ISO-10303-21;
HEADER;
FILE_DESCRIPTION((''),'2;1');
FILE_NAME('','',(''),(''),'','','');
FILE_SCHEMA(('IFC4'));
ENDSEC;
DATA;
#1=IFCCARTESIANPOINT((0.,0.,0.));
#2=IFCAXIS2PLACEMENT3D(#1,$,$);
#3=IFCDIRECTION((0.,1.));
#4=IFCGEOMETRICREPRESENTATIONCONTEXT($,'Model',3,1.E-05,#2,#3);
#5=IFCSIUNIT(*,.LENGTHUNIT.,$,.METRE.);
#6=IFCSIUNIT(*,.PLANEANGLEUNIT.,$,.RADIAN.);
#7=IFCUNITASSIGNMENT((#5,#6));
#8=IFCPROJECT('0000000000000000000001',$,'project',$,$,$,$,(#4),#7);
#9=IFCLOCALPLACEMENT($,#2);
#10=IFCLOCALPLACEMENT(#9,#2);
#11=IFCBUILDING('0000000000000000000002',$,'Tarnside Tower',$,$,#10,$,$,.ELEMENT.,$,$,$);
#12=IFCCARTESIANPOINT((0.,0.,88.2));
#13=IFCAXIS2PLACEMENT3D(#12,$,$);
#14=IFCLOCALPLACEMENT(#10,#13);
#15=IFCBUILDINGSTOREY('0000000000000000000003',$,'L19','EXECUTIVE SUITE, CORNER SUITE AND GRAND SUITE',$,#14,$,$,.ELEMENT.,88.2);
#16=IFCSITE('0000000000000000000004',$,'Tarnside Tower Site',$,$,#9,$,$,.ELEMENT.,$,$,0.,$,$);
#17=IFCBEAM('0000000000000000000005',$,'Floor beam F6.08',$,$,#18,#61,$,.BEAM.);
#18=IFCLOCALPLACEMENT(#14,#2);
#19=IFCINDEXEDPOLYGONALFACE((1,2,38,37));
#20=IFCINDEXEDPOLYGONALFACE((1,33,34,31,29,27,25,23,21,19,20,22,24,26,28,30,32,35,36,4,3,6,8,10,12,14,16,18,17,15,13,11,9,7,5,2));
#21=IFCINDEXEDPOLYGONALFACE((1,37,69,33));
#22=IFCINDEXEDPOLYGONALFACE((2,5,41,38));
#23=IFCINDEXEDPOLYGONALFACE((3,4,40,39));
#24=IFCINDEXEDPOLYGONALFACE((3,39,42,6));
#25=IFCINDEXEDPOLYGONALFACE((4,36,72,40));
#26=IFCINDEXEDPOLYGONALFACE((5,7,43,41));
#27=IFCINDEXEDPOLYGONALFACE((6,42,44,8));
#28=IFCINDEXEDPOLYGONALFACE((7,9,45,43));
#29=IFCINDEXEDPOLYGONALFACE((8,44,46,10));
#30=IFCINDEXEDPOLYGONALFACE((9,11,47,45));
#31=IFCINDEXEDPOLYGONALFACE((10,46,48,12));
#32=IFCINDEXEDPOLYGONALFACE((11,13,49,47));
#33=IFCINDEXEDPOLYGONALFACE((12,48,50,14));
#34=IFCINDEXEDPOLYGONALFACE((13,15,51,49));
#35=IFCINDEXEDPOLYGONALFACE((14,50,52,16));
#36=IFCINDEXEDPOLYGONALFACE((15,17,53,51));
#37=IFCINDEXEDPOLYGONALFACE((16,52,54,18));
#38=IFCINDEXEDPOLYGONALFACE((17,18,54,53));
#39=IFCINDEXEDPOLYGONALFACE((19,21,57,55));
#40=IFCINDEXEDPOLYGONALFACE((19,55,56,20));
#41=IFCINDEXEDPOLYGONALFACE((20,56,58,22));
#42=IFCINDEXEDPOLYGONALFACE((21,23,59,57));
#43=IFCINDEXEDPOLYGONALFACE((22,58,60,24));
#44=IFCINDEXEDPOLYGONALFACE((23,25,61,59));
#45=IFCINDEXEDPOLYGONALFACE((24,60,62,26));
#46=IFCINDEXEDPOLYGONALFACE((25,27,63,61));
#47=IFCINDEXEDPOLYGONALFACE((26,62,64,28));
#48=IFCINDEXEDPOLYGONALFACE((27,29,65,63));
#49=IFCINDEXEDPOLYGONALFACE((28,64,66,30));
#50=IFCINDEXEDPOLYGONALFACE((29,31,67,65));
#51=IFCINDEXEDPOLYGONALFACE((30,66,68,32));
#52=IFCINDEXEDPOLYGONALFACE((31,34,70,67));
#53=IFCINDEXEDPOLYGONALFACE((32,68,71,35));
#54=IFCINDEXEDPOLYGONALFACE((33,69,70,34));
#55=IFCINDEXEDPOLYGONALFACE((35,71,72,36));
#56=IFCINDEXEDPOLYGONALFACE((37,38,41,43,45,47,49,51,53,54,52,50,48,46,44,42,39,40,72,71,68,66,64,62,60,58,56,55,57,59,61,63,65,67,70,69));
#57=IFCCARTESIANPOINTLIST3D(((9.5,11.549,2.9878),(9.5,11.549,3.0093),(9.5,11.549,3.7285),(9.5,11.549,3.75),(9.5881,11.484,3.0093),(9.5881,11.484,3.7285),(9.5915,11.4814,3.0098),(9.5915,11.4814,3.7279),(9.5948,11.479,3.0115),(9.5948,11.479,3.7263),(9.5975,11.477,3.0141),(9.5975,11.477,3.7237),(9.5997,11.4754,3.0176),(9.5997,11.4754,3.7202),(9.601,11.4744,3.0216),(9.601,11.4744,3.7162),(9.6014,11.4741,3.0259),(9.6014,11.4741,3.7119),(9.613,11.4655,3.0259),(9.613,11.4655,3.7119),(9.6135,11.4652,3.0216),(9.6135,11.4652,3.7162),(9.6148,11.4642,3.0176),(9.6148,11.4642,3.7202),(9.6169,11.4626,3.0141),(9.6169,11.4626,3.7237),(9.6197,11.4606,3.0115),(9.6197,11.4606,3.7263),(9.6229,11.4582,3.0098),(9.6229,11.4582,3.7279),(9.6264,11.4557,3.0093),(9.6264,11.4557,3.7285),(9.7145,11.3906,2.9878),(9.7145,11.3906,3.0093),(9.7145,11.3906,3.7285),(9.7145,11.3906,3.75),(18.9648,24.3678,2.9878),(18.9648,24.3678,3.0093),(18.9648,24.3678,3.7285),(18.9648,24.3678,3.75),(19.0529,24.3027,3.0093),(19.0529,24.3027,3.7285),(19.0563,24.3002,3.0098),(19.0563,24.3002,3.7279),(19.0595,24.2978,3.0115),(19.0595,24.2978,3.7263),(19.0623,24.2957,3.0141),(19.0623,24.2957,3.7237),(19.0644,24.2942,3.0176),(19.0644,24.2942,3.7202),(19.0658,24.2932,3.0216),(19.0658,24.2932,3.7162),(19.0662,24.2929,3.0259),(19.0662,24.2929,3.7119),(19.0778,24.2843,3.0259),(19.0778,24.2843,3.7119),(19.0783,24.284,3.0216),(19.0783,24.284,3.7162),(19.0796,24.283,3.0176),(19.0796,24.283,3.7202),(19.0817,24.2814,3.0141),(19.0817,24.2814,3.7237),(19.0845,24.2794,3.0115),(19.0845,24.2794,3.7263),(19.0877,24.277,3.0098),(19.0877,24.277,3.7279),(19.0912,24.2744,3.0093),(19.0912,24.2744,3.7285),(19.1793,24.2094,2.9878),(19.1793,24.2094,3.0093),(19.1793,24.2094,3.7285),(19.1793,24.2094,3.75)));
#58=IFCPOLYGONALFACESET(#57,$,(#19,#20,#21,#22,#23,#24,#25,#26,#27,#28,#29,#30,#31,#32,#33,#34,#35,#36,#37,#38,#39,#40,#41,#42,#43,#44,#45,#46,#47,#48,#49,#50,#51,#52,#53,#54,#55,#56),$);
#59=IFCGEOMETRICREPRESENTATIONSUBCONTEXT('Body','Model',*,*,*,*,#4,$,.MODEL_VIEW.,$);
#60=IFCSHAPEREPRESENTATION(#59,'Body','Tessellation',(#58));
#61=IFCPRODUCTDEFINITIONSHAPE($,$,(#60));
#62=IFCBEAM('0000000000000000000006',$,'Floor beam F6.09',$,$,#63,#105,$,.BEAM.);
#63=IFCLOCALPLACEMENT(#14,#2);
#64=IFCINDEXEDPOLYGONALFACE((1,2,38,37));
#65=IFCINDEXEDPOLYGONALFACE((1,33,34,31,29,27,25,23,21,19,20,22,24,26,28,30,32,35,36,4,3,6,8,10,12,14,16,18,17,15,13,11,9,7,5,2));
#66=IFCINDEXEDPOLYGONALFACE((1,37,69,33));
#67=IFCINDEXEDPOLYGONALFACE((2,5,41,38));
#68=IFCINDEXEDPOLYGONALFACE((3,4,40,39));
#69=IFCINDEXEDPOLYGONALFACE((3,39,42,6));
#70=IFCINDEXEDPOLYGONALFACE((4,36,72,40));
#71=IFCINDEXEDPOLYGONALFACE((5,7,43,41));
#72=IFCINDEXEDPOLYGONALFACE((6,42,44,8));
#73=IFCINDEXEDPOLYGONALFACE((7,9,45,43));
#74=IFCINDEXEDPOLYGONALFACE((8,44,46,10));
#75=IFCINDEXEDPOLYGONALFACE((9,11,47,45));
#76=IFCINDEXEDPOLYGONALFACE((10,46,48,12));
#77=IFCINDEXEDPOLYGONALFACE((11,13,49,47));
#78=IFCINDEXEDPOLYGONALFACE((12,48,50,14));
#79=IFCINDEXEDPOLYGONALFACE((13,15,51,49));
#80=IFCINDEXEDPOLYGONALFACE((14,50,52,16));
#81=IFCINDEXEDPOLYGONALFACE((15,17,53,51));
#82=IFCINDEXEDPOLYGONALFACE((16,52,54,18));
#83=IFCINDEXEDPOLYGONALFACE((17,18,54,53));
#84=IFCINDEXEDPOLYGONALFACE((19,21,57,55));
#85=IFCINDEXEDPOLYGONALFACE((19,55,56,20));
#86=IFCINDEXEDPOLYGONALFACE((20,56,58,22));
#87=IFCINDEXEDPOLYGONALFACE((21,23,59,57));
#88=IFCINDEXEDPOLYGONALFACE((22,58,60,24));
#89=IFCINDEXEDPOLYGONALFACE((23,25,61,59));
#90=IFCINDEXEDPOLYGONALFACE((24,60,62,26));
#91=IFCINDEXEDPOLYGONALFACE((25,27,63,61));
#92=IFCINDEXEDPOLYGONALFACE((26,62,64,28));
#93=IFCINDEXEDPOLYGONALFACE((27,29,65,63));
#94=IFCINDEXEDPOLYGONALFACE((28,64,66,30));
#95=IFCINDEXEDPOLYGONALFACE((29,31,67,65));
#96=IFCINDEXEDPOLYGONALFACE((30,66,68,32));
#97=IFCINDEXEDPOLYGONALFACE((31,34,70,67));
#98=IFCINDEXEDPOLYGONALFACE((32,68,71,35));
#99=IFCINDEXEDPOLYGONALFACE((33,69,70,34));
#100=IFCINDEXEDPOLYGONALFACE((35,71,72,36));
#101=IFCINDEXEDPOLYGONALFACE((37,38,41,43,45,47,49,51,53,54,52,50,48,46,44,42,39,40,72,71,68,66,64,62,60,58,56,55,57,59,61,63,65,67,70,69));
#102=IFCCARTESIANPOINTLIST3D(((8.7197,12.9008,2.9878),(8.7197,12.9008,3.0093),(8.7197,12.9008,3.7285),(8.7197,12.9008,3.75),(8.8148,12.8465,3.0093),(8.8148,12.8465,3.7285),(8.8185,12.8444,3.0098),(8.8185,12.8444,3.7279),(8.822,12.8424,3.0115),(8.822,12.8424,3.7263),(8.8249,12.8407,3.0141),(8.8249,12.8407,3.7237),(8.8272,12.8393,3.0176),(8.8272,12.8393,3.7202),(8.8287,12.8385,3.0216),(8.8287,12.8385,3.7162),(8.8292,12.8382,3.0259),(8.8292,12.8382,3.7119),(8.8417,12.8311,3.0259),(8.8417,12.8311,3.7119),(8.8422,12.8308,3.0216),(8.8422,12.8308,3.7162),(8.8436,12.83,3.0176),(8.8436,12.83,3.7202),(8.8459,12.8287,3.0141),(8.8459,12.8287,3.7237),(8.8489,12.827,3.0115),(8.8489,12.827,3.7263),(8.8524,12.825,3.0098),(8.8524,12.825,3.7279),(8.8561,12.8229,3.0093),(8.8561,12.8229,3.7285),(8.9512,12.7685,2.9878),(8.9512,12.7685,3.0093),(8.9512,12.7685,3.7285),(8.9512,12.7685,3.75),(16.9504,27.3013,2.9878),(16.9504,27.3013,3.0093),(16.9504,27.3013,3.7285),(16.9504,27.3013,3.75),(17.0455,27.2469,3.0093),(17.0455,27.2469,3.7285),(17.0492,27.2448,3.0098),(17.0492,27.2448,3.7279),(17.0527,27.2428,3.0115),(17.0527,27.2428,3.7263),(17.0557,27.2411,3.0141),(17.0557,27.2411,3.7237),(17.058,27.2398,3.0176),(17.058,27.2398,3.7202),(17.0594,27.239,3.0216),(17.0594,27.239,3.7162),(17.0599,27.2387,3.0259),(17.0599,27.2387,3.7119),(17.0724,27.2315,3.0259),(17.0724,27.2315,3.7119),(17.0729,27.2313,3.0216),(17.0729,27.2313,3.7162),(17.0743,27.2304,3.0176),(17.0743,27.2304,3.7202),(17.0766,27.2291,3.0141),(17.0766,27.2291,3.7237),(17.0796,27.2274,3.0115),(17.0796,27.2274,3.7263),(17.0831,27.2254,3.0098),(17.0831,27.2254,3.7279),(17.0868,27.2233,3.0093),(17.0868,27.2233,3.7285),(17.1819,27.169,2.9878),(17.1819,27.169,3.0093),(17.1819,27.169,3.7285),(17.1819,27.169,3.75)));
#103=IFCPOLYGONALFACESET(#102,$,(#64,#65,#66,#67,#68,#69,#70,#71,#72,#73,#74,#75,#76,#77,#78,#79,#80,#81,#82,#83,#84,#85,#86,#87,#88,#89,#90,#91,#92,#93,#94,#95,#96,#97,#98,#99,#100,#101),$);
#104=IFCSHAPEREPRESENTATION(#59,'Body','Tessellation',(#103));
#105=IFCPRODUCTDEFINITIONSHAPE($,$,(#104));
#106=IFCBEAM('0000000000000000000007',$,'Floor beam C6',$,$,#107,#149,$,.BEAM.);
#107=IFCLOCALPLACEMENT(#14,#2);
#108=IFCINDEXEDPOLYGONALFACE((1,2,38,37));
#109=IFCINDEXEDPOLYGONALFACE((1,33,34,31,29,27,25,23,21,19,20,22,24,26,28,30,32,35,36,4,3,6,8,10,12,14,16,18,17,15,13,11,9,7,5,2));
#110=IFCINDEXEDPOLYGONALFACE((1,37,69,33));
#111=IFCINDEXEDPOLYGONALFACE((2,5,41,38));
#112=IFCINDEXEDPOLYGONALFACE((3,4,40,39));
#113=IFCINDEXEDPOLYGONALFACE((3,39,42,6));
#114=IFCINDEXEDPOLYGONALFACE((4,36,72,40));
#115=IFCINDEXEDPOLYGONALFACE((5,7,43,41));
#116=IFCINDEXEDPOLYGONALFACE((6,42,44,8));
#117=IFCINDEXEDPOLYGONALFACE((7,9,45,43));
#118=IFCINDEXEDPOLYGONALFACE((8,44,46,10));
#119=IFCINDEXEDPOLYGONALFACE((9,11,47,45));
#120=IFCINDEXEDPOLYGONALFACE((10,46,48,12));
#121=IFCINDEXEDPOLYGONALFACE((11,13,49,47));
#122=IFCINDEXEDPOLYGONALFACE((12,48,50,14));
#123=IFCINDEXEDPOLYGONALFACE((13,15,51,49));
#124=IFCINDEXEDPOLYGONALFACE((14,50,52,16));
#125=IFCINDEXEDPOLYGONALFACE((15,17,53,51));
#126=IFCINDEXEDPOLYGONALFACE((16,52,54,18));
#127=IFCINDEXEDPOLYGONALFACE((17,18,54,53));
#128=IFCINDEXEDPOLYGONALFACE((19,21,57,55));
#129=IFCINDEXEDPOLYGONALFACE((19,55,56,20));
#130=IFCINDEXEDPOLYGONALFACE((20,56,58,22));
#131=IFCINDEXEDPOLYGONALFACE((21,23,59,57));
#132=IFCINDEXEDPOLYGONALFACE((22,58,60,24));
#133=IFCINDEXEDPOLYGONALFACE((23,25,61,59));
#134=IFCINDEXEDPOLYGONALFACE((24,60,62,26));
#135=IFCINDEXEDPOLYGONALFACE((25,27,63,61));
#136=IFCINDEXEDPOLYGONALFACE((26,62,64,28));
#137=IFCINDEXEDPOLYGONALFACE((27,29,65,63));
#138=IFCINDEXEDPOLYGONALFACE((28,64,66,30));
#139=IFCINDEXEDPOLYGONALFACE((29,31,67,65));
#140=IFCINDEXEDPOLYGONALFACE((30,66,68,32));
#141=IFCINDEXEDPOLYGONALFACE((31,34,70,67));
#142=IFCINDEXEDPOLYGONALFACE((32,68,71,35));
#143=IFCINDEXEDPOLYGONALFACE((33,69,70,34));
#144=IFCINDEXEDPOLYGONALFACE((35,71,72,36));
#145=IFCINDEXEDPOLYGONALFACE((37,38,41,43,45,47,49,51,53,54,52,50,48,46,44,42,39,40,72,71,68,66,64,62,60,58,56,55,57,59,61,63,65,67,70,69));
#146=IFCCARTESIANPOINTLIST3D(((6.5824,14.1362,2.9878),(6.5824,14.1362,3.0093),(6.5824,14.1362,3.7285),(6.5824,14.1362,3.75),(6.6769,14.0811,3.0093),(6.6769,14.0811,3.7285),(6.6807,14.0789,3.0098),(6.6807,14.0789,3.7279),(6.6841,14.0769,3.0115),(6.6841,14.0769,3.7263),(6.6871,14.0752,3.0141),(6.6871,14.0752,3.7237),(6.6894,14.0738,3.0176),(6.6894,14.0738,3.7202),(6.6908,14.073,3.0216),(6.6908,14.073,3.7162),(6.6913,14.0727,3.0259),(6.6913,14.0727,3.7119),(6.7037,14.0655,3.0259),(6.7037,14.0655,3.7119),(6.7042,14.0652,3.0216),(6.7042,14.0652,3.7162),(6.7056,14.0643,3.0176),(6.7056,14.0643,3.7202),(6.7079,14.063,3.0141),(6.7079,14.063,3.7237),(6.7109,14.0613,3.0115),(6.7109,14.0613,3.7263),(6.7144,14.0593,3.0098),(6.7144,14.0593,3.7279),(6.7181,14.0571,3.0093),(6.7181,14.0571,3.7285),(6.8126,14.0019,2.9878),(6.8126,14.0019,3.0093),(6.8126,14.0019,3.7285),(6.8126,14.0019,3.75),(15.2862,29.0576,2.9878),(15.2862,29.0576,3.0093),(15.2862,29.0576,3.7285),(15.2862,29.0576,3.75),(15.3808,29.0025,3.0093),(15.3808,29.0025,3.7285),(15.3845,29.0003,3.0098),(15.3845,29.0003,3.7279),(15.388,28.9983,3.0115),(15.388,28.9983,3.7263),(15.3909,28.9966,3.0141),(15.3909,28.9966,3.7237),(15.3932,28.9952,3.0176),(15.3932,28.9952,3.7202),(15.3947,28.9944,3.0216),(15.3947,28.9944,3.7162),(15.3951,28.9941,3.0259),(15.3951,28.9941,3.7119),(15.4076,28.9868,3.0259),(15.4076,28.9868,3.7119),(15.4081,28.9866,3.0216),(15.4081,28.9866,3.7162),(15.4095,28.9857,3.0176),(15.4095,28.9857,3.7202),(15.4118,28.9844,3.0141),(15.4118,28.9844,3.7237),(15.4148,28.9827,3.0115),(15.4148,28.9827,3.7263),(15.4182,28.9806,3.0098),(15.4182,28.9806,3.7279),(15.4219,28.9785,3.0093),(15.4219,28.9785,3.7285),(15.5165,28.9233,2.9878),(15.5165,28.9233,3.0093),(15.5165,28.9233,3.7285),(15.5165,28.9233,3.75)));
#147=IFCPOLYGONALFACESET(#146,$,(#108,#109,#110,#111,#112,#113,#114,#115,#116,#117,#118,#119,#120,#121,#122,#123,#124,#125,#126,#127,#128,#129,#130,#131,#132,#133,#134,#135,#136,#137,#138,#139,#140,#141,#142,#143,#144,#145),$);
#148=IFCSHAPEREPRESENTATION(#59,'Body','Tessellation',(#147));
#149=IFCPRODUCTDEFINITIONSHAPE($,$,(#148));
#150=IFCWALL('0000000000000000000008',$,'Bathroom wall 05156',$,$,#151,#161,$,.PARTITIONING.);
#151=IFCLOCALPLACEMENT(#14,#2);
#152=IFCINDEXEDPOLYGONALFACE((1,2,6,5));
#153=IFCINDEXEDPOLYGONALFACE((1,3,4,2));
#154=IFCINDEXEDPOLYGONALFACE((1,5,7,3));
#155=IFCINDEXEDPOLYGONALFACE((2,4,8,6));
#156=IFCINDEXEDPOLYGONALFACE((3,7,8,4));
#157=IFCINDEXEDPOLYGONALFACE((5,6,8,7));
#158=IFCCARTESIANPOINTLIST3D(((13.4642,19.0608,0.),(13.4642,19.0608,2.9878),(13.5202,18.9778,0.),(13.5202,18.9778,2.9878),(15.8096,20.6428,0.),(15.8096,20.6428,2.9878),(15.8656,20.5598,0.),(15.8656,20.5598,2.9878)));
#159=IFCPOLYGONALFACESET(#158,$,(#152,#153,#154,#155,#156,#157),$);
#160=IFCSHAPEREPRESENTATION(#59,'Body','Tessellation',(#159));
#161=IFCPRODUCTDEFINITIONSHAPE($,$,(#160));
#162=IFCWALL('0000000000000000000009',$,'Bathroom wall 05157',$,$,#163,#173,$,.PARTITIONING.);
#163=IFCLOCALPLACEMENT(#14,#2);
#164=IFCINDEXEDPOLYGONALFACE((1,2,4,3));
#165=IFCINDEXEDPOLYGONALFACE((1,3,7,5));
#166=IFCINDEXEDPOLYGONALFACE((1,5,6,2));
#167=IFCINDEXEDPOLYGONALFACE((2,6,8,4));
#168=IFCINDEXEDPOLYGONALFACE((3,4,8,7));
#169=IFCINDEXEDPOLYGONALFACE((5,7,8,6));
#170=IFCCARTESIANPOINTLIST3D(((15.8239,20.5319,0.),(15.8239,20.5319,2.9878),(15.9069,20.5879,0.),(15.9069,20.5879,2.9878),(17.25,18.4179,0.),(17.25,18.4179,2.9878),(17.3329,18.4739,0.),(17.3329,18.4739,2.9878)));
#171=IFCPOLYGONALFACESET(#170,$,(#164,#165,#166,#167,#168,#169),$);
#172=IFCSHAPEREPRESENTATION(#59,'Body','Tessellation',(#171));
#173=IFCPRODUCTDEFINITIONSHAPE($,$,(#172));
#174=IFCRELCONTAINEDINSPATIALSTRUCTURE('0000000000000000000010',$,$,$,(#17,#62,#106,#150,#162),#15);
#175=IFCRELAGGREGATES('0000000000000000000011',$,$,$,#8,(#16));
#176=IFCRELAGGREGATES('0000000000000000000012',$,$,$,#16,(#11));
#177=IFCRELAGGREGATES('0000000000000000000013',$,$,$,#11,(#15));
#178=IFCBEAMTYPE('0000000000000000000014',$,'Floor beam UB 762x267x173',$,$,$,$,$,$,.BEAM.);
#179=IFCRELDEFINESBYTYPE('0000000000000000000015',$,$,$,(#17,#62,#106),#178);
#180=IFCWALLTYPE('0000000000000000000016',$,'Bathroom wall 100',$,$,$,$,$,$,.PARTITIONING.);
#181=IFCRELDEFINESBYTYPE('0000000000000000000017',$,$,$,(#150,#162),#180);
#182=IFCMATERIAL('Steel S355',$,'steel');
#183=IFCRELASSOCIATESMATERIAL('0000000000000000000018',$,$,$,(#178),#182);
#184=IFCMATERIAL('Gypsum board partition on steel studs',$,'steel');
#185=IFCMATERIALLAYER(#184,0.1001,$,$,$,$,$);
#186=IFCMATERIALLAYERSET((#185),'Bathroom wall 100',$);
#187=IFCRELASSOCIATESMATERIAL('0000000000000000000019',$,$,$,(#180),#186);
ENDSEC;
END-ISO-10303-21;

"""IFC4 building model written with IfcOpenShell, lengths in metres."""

from ifc_helpers import new_model, si_unit, direction, frame, frame_2d, origin, origin_2d, place, context, subcontext, project, spatial, rectangle, i_section, extrude, material, layer, layer_set, material_profile, profile_set, type_object, element, save


model = new_model("IFC4")

# Units and contexts
model_context = context("Model", 3, precision=1e-05, world=origin(), true_north=direction((0.0, 1.0)))
body_context = subcontext(model_context, "Body", "Model", "MODEL_VIEW")
ifc_project = project(units=[si_unit("LENGTHUNIT", "METRE"), si_unit("PLANEANGLEUNIT", "RADIAN")], contexts=[model_context])

# Site, building, storey
site_placement = place(None, origin())
site = spatial("IfcSite", under=ifc_project, at=site_placement, Name="Tarnside Tower Site", CompositionType="ELEMENT", RefElevation=0.0)
building_placement = place(site_placement, origin())
building = spatial("IfcBuilding", under=site, at=building_placement, Name="Tarnside Tower", CompositionType="ELEMENT")
storey_placement = place(building_placement, frame((0.0, 0.0, 88.2)))
storey = spatial("IfcBuildingStorey", under=building, at=storey_placement, Name="L19", Description="EXECUTIVE SUITE, CORNER SUITE AND GRAND SUITE", CompositionType="ELEMENT", Elevation=88.2)

# Beams
ifc_material_1 = material(Name="Steel S355", Category="steel")
ifc_material_profile_1 = material_profile(ifc_material_1, i_section(OverallWidth=0.2666, OverallDepth=0.7622, WebThickness=0.0144, FlangeThickness=0.0215, FilletRadius=0.0166, at=origin_2d()), Name="UB 762x267x173")
ifc_profile_set_1 = profile_set([ifc_material_profile_1], Name="Steel S355")
beam_type_1 = type_object("IfcBeamType", Name="Floor beam UB 762x267x173", PredefinedType="BEAM", material=ifc_profile_set_1)
beam_1_placement = place(storey_placement, frame((19.072, 24.2886, 3.3689), z_axis=(-0.593987, -0.804475, 0.0), x_axis=(0.804475, -0.593987, 0.0)))
element("IfcBeam", 1, at=beam_1_placement, inside=storey, type_object=beam_type_1, Name="Floor beam F6.08", PredefinedType="BEAM", context=body_context, shape_type="SweptSolid", body=[
    extrude(i_section(OverallWidth=0.2666, OverallDepth=0.7622, WebThickness=0.0144, FlangeThickness=0.0215, FilletRadius=0.0166, at=origin_2d()), origin(), (0.0, 0.0, 1.0), 15.9343),
])
beam_2_placement = place(storey_placement, frame((17.0662, 27.2351, 3.3689), z_axis=(-0.496226, -0.868193, 0.0), x_axis=(0.868193, -0.496226, 0.0)))
element("IfcBeam", 2, at=beam_2_placement, inside=storey, type_object=beam_type_1, Name="Floor beam F6.09", PredefinedType="BEAM", context=body_context, shape_type="SweptSolid", body=[
    extrude(i_section(OverallWidth=0.2666, OverallDepth=0.7622, WebThickness=0.0144, FlangeThickness=0.0215, FilletRadius=0.0166, at=origin_2d()), origin(), (0.0, 0.0, 1.0), 16.5867),
])
beam_3_placement = place(storey_placement, frame((15.4014, 28.9905, 3.3689), z_axis=(-0.503859, -0.863786, 0.0), x_axis=(0.863786, -0.503859, 0.0)))
element("IfcBeam", 3, at=beam_3_placement, inside=storey, type_object=beam_type_1, Name="Floor beam C6", PredefinedType="BEAM", context=body_context, shape_type="SweptSolid", body=[
    extrude(i_section(OverallWidth=0.2666, OverallDepth=0.7622, WebThickness=0.0144, FlangeThickness=0.0215, FilletRadius=0.0166, at=origin_2d()), origin(), (0.0, 0.0, 1.0), 17.2744),
])

# Walls
ifc_material_2 = material(Name="Gypsum board partition on steel studs", Category="steel")
ifc_layer_1 = layer(ifc_material_2, 0.1001)
ifc_layer_set_1 = layer_set([ifc_layer_1], Name="Bathroom wall 100")
wall_type_1 = type_object("IfcWallType", Name="Bathroom wall 100", PredefinedType="PARTITIONING", material=ifc_layer_set_1)
wall_1_placement = place(storey_placement, frame((13.4922, 19.0193, 0.0), z_axis=(0.0, 0.0, 1.0), x_axis=(0.829038, 0.559193, 0.0)))
element("IfcWall", 4, at=wall_1_placement, inside=storey, type_object=wall_type_1, Name="Bathroom wall 05156", PredefinedType="PARTITIONING", context=body_context, shape_type="SweptSolid", body=[
    extrude(rectangle(XDim=2.8291, YDim=0.1001, at=frame_2d((1.4146, 0.0))), origin(), (0.0, 0.0, 1.0), 2.9878),
])
wall_2_placement = place(storey_placement, frame((15.8655, 20.5598, 0.0), z_axis=(0.0, 0.0, 1.0), x_axis=(0.559221, -0.829018, 0.0)))
element("IfcWall", 5, at=wall_2_placement, inside=storey, type_object=wall_type_1, Name="Bathroom wall 05157", PredefinedType="PARTITIONING", context=body_context, shape_type="SweptSolid", body=[
    extrude(rectangle(XDim=2.55, YDim=0.1001, at=frame_2d((1.2749, 0.0))), origin(), (0.0, 0.0, 1.0), 2.9878),
])

save(model, "model.ifc")
